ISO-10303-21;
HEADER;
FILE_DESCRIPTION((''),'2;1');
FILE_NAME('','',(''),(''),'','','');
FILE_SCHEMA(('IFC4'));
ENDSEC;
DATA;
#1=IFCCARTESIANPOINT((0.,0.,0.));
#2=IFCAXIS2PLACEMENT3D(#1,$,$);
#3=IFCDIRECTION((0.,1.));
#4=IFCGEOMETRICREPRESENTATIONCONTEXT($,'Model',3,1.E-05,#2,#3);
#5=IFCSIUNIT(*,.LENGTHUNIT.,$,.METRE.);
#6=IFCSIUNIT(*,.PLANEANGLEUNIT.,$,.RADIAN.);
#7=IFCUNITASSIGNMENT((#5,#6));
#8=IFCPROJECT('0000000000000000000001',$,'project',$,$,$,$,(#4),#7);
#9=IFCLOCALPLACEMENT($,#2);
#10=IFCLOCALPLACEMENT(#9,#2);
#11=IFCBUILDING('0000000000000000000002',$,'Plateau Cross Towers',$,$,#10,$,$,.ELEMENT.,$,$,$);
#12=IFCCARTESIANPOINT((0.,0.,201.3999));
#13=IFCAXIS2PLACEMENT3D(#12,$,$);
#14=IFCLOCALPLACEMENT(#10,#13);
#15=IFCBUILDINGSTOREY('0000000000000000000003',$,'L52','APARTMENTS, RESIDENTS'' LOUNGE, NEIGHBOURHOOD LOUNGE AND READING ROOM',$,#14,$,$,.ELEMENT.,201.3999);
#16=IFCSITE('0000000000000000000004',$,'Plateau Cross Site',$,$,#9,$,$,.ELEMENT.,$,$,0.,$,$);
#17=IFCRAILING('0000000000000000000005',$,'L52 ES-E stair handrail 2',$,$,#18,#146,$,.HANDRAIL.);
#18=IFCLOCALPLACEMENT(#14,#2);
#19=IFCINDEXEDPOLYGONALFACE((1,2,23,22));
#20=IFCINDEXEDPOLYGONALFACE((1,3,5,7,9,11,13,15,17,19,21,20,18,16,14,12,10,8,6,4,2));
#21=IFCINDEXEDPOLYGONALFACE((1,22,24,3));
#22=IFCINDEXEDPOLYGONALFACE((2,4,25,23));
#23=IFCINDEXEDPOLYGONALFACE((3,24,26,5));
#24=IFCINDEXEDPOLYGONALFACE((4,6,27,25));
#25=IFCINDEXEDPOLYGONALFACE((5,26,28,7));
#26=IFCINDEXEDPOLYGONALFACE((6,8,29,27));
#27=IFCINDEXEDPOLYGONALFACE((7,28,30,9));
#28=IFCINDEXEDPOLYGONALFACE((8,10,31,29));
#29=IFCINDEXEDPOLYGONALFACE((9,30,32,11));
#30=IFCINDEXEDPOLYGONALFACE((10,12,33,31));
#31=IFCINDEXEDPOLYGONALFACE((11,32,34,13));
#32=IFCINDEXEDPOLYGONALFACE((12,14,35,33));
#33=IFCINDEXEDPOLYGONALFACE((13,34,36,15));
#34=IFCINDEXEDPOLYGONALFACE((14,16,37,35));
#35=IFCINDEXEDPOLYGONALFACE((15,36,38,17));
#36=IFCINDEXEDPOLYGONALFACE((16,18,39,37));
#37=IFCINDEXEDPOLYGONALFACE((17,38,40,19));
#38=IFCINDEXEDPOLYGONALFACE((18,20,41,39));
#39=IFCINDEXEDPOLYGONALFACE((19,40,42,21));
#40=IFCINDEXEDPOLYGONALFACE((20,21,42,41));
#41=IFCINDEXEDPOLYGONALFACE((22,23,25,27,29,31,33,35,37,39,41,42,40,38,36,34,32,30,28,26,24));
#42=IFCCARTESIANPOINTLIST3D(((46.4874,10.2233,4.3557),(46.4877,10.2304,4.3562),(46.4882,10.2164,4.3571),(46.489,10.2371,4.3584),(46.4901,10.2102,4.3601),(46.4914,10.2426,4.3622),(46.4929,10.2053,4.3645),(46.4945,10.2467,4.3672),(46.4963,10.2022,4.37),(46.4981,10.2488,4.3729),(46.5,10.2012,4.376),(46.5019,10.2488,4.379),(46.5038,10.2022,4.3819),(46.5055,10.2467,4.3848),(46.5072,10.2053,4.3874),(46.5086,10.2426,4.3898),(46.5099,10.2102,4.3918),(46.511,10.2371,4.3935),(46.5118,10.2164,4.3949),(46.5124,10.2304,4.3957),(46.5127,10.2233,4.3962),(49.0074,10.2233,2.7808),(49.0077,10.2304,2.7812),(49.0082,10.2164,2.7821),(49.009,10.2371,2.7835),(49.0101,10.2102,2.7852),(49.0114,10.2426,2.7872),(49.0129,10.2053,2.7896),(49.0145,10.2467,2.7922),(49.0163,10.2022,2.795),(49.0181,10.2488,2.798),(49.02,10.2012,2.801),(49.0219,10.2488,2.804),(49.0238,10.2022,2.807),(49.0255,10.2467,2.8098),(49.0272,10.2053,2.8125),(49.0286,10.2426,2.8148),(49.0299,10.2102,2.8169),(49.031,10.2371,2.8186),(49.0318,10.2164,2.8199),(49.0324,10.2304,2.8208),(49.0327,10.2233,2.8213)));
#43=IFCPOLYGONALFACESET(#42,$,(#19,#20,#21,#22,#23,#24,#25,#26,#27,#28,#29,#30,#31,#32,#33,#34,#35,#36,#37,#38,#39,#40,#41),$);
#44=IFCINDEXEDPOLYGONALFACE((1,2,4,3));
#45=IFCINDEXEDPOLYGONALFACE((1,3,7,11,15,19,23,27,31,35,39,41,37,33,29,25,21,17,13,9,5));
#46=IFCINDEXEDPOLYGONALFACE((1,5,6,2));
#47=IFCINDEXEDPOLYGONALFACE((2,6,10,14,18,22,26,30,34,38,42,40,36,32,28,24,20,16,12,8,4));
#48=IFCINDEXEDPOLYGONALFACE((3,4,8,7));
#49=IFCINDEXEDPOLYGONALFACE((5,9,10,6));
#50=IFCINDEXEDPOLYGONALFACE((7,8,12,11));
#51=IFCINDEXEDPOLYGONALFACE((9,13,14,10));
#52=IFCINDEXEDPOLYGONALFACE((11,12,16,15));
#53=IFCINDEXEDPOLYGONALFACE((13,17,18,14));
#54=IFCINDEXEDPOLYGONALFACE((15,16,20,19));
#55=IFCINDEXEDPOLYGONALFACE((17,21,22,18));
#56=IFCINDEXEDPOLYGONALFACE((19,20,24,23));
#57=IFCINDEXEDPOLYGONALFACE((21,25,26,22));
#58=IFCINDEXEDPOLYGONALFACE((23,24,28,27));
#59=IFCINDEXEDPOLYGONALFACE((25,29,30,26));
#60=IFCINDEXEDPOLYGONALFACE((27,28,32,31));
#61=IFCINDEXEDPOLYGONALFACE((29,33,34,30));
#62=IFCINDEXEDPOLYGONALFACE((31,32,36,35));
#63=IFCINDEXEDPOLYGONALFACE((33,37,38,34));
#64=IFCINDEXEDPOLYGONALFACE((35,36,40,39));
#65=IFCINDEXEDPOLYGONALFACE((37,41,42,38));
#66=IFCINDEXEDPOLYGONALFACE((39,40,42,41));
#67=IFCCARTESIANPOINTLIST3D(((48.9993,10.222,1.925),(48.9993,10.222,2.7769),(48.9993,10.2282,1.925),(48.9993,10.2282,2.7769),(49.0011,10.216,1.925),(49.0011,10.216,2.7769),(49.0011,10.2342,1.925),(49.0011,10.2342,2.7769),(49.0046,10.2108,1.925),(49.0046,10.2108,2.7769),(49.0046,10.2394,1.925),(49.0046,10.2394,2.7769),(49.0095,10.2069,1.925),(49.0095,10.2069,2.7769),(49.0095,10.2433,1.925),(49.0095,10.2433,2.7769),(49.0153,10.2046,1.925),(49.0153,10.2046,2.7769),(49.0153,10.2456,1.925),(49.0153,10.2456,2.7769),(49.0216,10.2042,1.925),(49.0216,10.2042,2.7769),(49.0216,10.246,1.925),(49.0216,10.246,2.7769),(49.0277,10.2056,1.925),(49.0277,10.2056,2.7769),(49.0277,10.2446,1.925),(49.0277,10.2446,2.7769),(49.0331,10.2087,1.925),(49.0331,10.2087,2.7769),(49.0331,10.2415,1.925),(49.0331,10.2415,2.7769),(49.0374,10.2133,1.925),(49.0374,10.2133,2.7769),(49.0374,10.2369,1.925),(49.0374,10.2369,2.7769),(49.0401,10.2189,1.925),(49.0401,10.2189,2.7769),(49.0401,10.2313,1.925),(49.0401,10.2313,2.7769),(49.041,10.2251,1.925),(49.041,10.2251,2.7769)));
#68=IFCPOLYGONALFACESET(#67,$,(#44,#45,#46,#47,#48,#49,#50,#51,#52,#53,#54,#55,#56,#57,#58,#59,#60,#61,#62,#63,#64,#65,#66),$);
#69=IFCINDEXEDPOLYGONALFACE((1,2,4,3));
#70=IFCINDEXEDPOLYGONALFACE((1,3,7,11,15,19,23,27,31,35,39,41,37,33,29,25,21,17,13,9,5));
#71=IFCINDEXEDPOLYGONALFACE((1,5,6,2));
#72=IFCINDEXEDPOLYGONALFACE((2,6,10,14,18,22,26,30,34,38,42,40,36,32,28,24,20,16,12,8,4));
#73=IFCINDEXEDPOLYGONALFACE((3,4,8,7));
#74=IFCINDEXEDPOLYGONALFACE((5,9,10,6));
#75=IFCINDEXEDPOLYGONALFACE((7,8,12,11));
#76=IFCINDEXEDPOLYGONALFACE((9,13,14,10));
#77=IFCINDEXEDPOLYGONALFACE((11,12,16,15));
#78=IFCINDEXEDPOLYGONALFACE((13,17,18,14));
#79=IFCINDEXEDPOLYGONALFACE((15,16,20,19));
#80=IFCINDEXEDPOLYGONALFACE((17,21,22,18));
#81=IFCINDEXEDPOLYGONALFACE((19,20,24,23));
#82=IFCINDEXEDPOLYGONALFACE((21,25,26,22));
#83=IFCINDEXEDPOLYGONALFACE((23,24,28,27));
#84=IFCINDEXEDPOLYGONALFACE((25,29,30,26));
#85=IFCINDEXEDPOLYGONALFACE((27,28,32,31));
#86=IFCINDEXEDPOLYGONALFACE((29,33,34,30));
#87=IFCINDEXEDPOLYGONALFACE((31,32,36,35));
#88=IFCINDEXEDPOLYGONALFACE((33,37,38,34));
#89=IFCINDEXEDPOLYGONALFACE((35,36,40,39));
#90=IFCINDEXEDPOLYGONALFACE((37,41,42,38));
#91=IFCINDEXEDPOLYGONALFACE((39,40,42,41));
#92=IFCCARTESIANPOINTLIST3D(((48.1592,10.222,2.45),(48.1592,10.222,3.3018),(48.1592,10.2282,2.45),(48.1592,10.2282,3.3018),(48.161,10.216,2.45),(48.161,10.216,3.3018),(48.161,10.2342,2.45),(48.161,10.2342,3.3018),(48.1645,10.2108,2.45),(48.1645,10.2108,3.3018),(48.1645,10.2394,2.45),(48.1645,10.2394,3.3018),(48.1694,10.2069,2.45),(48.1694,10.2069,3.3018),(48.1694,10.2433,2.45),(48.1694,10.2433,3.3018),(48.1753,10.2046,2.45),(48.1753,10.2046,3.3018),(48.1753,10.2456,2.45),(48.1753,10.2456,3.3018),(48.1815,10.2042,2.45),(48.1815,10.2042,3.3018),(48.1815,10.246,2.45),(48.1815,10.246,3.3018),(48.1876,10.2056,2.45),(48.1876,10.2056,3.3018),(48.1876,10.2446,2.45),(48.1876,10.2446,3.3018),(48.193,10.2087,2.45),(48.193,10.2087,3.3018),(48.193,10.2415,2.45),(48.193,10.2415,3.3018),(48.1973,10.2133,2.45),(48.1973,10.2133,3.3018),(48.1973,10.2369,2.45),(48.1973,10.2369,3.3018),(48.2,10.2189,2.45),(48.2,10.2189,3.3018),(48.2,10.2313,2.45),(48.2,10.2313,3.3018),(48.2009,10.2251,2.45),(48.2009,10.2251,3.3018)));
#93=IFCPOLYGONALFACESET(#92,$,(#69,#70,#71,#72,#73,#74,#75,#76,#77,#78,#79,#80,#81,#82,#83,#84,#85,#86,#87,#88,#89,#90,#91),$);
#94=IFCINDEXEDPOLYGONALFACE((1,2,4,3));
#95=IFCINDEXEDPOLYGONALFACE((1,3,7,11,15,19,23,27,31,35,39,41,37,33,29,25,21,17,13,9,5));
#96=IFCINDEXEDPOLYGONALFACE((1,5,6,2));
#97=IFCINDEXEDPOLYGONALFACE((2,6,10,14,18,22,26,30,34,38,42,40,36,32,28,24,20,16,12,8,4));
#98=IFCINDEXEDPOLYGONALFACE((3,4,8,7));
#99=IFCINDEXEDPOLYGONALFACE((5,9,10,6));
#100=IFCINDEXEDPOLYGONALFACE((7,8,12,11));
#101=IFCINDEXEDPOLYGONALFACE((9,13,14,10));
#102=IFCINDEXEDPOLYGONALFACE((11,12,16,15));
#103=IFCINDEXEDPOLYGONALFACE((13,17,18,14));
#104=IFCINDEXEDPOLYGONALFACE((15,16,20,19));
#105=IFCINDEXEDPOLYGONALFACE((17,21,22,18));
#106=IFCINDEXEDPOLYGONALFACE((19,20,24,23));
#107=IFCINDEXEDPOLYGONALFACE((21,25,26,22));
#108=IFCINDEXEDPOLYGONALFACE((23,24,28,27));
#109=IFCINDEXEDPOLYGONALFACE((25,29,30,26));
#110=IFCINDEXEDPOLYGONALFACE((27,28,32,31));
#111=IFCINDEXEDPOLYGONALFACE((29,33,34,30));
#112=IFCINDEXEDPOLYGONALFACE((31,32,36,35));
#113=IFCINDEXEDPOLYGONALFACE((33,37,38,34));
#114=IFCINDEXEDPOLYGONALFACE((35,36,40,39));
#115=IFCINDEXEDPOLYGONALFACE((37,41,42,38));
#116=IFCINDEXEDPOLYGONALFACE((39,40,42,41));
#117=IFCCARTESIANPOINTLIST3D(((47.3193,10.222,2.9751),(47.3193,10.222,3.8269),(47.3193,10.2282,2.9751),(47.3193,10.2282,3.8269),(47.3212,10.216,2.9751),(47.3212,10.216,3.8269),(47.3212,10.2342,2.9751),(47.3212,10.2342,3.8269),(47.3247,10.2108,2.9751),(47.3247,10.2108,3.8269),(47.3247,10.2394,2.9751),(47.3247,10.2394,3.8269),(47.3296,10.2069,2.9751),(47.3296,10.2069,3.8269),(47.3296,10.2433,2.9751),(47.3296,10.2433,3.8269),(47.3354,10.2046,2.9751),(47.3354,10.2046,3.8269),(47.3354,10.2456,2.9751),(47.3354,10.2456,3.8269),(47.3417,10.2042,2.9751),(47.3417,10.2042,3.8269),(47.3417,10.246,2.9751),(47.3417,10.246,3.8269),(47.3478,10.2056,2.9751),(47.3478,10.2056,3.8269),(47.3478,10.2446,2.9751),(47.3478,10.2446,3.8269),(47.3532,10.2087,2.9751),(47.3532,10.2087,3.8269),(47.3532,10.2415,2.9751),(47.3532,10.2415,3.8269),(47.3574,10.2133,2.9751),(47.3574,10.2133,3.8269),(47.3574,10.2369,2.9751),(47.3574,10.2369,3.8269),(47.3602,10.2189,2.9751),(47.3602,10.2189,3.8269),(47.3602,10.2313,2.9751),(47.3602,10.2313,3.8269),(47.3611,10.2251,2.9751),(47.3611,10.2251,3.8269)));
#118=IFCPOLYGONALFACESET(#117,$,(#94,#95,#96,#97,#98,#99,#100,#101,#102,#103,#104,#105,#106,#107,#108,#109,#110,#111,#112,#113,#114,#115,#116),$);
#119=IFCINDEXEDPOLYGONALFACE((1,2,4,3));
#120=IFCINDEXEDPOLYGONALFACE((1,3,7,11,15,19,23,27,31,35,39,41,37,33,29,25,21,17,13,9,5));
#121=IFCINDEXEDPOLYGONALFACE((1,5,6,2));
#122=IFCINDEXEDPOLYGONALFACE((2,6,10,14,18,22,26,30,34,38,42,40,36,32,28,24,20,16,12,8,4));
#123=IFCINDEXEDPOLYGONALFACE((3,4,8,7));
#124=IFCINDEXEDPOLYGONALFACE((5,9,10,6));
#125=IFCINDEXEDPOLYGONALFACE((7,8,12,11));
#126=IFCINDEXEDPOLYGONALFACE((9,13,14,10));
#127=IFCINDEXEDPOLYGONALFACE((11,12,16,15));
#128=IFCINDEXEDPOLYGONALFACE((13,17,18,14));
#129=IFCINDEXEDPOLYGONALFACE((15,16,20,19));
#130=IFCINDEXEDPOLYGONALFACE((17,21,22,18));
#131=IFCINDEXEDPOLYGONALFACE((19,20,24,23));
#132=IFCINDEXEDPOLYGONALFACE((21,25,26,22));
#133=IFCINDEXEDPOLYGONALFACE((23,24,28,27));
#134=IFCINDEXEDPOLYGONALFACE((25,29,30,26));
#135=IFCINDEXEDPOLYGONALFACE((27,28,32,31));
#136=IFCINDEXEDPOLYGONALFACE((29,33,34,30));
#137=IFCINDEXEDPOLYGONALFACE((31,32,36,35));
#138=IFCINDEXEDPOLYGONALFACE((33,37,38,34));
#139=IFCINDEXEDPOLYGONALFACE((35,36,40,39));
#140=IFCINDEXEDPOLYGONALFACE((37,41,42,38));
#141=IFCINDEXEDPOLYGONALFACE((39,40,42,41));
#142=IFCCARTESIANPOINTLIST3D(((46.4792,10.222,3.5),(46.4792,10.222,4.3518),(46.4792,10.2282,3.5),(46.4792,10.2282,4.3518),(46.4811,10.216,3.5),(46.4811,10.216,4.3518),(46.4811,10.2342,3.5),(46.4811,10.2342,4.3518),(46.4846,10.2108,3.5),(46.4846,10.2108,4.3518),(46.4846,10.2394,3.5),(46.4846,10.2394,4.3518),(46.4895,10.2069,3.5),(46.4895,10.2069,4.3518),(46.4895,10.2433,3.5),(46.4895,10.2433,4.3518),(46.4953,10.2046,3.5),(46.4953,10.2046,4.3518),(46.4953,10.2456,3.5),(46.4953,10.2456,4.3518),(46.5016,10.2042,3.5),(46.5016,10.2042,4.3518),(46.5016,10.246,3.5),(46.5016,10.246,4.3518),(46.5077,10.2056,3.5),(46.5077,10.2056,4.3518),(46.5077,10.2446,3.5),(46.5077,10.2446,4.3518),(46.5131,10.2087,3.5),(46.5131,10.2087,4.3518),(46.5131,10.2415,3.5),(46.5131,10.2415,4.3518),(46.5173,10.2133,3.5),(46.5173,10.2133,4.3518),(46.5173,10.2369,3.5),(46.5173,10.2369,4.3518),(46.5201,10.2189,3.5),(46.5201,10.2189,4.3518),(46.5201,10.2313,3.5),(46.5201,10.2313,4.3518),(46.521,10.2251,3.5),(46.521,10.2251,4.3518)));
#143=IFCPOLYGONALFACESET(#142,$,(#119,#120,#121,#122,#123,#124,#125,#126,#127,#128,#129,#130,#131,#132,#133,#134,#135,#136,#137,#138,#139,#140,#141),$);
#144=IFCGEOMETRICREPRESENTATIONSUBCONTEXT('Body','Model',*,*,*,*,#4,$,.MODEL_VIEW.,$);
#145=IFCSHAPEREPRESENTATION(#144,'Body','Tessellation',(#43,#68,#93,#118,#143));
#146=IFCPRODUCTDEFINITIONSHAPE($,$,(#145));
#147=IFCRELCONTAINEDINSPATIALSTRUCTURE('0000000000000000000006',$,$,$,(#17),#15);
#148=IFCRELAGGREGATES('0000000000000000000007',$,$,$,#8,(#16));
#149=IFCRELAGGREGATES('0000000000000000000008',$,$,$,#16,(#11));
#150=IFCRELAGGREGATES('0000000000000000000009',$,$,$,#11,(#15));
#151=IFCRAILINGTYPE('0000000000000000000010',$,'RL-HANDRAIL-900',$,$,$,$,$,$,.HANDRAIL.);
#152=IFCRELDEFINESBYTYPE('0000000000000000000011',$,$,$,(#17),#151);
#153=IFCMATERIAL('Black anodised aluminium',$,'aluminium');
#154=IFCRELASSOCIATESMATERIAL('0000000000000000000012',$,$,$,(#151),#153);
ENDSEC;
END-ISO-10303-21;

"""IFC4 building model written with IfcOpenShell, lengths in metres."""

from ifc_helpers import new_model, si_unit, direction, frame, origin, origin_2d, place, context, subcontext, project, spatial, circle, extrude, material, type_object, element, save


model = new_model("IFC4")

# Units and contexts
model_context = context("Model", 3, precision=1e-05, world=origin(), true_north=direction((0.0, 1.0)))
body_context = subcontext(model_context, "Body", "Model", "MODEL_VIEW")
ifc_project = project(units=[si_unit("LENGTHUNIT", "METRE"), si_unit("PLANEANGLEUNIT", "RADIAN")], contexts=[model_context])

# Site, building, storey
site_placement = place(None, origin())
site = spatial("IfcSite", under=ifc_project, at=site_placement, Name="Plateau Cross Site", CompositionType="ELEMENT", RefElevation=0.0)
building_placement = place(site_placement, origin())
building = spatial("IfcBuilding", under=site, at=building_placement, Name="Plateau Cross Towers", CompositionType="ELEMENT")
storey_placement = place(building_placement, frame((0.0, 0.0, 201.3999)))
storey = spatial("IfcBuildingStorey", under=building, at=storey_placement, Name="L52", Description="APARTMENTS, RESIDENTS' LOUNGE, NEIGHBOURHOOD LOUNGE AND READING ROOM", CompositionType="ELEMENT", Elevation=201.3999)

# Shared definitions
ifc_material_1 = material(Name="Black anodised aluminium", Category="aluminium")

# Railing
railing_type_1 = type_object("IfcRailingType", Name="RL-HANDRAIL-900", PredefinedType="HANDRAIL", material=ifc_material_1)
railing_1_placement = place(storey_placement, frame((49.02, 10.2251, 1.925)))
element("IfcRailing", 1, at=railing_1_placement, inside=storey, type_object=railing_type_1, Name="L52 ES-E stair handrail 2", PredefinedType="HANDRAIL", context=body_context, shape_type="SweptSolid", body=[
    extrude(circle(Radius=0.0239, at=origin_2d()), frame((0.0, 0.0, 0.876), z_axis=(-0.848008, 0.0, 0.529984), x_axis=(0.0, -1.0, 0.0)), (0.0, 0.0, 1.0), 2.9717),
    extrude(circle(Radius=0.021, at=origin_2d()), origin(), (0.0, 0.0, 1.0), 0.8518),
    extrude(circle(Radius=0.021, at=origin_2d()), frame((-0.8401, 0.0, 0.5249)), (0.0, 0.0, 1.0), 0.8518),
    extrude(circle(Radius=0.021, at=origin_2d()), frame((-1.6799, 0.0, 1.05)), (0.0, 0.0, 1.0), 0.8518),
    extrude(circle(Radius=0.021, at=origin_2d()), frame((-2.52, 0.0, 1.575)), (0.0, 0.0, 1.0), 0.8518),
])

save(model, "model.ifc")
